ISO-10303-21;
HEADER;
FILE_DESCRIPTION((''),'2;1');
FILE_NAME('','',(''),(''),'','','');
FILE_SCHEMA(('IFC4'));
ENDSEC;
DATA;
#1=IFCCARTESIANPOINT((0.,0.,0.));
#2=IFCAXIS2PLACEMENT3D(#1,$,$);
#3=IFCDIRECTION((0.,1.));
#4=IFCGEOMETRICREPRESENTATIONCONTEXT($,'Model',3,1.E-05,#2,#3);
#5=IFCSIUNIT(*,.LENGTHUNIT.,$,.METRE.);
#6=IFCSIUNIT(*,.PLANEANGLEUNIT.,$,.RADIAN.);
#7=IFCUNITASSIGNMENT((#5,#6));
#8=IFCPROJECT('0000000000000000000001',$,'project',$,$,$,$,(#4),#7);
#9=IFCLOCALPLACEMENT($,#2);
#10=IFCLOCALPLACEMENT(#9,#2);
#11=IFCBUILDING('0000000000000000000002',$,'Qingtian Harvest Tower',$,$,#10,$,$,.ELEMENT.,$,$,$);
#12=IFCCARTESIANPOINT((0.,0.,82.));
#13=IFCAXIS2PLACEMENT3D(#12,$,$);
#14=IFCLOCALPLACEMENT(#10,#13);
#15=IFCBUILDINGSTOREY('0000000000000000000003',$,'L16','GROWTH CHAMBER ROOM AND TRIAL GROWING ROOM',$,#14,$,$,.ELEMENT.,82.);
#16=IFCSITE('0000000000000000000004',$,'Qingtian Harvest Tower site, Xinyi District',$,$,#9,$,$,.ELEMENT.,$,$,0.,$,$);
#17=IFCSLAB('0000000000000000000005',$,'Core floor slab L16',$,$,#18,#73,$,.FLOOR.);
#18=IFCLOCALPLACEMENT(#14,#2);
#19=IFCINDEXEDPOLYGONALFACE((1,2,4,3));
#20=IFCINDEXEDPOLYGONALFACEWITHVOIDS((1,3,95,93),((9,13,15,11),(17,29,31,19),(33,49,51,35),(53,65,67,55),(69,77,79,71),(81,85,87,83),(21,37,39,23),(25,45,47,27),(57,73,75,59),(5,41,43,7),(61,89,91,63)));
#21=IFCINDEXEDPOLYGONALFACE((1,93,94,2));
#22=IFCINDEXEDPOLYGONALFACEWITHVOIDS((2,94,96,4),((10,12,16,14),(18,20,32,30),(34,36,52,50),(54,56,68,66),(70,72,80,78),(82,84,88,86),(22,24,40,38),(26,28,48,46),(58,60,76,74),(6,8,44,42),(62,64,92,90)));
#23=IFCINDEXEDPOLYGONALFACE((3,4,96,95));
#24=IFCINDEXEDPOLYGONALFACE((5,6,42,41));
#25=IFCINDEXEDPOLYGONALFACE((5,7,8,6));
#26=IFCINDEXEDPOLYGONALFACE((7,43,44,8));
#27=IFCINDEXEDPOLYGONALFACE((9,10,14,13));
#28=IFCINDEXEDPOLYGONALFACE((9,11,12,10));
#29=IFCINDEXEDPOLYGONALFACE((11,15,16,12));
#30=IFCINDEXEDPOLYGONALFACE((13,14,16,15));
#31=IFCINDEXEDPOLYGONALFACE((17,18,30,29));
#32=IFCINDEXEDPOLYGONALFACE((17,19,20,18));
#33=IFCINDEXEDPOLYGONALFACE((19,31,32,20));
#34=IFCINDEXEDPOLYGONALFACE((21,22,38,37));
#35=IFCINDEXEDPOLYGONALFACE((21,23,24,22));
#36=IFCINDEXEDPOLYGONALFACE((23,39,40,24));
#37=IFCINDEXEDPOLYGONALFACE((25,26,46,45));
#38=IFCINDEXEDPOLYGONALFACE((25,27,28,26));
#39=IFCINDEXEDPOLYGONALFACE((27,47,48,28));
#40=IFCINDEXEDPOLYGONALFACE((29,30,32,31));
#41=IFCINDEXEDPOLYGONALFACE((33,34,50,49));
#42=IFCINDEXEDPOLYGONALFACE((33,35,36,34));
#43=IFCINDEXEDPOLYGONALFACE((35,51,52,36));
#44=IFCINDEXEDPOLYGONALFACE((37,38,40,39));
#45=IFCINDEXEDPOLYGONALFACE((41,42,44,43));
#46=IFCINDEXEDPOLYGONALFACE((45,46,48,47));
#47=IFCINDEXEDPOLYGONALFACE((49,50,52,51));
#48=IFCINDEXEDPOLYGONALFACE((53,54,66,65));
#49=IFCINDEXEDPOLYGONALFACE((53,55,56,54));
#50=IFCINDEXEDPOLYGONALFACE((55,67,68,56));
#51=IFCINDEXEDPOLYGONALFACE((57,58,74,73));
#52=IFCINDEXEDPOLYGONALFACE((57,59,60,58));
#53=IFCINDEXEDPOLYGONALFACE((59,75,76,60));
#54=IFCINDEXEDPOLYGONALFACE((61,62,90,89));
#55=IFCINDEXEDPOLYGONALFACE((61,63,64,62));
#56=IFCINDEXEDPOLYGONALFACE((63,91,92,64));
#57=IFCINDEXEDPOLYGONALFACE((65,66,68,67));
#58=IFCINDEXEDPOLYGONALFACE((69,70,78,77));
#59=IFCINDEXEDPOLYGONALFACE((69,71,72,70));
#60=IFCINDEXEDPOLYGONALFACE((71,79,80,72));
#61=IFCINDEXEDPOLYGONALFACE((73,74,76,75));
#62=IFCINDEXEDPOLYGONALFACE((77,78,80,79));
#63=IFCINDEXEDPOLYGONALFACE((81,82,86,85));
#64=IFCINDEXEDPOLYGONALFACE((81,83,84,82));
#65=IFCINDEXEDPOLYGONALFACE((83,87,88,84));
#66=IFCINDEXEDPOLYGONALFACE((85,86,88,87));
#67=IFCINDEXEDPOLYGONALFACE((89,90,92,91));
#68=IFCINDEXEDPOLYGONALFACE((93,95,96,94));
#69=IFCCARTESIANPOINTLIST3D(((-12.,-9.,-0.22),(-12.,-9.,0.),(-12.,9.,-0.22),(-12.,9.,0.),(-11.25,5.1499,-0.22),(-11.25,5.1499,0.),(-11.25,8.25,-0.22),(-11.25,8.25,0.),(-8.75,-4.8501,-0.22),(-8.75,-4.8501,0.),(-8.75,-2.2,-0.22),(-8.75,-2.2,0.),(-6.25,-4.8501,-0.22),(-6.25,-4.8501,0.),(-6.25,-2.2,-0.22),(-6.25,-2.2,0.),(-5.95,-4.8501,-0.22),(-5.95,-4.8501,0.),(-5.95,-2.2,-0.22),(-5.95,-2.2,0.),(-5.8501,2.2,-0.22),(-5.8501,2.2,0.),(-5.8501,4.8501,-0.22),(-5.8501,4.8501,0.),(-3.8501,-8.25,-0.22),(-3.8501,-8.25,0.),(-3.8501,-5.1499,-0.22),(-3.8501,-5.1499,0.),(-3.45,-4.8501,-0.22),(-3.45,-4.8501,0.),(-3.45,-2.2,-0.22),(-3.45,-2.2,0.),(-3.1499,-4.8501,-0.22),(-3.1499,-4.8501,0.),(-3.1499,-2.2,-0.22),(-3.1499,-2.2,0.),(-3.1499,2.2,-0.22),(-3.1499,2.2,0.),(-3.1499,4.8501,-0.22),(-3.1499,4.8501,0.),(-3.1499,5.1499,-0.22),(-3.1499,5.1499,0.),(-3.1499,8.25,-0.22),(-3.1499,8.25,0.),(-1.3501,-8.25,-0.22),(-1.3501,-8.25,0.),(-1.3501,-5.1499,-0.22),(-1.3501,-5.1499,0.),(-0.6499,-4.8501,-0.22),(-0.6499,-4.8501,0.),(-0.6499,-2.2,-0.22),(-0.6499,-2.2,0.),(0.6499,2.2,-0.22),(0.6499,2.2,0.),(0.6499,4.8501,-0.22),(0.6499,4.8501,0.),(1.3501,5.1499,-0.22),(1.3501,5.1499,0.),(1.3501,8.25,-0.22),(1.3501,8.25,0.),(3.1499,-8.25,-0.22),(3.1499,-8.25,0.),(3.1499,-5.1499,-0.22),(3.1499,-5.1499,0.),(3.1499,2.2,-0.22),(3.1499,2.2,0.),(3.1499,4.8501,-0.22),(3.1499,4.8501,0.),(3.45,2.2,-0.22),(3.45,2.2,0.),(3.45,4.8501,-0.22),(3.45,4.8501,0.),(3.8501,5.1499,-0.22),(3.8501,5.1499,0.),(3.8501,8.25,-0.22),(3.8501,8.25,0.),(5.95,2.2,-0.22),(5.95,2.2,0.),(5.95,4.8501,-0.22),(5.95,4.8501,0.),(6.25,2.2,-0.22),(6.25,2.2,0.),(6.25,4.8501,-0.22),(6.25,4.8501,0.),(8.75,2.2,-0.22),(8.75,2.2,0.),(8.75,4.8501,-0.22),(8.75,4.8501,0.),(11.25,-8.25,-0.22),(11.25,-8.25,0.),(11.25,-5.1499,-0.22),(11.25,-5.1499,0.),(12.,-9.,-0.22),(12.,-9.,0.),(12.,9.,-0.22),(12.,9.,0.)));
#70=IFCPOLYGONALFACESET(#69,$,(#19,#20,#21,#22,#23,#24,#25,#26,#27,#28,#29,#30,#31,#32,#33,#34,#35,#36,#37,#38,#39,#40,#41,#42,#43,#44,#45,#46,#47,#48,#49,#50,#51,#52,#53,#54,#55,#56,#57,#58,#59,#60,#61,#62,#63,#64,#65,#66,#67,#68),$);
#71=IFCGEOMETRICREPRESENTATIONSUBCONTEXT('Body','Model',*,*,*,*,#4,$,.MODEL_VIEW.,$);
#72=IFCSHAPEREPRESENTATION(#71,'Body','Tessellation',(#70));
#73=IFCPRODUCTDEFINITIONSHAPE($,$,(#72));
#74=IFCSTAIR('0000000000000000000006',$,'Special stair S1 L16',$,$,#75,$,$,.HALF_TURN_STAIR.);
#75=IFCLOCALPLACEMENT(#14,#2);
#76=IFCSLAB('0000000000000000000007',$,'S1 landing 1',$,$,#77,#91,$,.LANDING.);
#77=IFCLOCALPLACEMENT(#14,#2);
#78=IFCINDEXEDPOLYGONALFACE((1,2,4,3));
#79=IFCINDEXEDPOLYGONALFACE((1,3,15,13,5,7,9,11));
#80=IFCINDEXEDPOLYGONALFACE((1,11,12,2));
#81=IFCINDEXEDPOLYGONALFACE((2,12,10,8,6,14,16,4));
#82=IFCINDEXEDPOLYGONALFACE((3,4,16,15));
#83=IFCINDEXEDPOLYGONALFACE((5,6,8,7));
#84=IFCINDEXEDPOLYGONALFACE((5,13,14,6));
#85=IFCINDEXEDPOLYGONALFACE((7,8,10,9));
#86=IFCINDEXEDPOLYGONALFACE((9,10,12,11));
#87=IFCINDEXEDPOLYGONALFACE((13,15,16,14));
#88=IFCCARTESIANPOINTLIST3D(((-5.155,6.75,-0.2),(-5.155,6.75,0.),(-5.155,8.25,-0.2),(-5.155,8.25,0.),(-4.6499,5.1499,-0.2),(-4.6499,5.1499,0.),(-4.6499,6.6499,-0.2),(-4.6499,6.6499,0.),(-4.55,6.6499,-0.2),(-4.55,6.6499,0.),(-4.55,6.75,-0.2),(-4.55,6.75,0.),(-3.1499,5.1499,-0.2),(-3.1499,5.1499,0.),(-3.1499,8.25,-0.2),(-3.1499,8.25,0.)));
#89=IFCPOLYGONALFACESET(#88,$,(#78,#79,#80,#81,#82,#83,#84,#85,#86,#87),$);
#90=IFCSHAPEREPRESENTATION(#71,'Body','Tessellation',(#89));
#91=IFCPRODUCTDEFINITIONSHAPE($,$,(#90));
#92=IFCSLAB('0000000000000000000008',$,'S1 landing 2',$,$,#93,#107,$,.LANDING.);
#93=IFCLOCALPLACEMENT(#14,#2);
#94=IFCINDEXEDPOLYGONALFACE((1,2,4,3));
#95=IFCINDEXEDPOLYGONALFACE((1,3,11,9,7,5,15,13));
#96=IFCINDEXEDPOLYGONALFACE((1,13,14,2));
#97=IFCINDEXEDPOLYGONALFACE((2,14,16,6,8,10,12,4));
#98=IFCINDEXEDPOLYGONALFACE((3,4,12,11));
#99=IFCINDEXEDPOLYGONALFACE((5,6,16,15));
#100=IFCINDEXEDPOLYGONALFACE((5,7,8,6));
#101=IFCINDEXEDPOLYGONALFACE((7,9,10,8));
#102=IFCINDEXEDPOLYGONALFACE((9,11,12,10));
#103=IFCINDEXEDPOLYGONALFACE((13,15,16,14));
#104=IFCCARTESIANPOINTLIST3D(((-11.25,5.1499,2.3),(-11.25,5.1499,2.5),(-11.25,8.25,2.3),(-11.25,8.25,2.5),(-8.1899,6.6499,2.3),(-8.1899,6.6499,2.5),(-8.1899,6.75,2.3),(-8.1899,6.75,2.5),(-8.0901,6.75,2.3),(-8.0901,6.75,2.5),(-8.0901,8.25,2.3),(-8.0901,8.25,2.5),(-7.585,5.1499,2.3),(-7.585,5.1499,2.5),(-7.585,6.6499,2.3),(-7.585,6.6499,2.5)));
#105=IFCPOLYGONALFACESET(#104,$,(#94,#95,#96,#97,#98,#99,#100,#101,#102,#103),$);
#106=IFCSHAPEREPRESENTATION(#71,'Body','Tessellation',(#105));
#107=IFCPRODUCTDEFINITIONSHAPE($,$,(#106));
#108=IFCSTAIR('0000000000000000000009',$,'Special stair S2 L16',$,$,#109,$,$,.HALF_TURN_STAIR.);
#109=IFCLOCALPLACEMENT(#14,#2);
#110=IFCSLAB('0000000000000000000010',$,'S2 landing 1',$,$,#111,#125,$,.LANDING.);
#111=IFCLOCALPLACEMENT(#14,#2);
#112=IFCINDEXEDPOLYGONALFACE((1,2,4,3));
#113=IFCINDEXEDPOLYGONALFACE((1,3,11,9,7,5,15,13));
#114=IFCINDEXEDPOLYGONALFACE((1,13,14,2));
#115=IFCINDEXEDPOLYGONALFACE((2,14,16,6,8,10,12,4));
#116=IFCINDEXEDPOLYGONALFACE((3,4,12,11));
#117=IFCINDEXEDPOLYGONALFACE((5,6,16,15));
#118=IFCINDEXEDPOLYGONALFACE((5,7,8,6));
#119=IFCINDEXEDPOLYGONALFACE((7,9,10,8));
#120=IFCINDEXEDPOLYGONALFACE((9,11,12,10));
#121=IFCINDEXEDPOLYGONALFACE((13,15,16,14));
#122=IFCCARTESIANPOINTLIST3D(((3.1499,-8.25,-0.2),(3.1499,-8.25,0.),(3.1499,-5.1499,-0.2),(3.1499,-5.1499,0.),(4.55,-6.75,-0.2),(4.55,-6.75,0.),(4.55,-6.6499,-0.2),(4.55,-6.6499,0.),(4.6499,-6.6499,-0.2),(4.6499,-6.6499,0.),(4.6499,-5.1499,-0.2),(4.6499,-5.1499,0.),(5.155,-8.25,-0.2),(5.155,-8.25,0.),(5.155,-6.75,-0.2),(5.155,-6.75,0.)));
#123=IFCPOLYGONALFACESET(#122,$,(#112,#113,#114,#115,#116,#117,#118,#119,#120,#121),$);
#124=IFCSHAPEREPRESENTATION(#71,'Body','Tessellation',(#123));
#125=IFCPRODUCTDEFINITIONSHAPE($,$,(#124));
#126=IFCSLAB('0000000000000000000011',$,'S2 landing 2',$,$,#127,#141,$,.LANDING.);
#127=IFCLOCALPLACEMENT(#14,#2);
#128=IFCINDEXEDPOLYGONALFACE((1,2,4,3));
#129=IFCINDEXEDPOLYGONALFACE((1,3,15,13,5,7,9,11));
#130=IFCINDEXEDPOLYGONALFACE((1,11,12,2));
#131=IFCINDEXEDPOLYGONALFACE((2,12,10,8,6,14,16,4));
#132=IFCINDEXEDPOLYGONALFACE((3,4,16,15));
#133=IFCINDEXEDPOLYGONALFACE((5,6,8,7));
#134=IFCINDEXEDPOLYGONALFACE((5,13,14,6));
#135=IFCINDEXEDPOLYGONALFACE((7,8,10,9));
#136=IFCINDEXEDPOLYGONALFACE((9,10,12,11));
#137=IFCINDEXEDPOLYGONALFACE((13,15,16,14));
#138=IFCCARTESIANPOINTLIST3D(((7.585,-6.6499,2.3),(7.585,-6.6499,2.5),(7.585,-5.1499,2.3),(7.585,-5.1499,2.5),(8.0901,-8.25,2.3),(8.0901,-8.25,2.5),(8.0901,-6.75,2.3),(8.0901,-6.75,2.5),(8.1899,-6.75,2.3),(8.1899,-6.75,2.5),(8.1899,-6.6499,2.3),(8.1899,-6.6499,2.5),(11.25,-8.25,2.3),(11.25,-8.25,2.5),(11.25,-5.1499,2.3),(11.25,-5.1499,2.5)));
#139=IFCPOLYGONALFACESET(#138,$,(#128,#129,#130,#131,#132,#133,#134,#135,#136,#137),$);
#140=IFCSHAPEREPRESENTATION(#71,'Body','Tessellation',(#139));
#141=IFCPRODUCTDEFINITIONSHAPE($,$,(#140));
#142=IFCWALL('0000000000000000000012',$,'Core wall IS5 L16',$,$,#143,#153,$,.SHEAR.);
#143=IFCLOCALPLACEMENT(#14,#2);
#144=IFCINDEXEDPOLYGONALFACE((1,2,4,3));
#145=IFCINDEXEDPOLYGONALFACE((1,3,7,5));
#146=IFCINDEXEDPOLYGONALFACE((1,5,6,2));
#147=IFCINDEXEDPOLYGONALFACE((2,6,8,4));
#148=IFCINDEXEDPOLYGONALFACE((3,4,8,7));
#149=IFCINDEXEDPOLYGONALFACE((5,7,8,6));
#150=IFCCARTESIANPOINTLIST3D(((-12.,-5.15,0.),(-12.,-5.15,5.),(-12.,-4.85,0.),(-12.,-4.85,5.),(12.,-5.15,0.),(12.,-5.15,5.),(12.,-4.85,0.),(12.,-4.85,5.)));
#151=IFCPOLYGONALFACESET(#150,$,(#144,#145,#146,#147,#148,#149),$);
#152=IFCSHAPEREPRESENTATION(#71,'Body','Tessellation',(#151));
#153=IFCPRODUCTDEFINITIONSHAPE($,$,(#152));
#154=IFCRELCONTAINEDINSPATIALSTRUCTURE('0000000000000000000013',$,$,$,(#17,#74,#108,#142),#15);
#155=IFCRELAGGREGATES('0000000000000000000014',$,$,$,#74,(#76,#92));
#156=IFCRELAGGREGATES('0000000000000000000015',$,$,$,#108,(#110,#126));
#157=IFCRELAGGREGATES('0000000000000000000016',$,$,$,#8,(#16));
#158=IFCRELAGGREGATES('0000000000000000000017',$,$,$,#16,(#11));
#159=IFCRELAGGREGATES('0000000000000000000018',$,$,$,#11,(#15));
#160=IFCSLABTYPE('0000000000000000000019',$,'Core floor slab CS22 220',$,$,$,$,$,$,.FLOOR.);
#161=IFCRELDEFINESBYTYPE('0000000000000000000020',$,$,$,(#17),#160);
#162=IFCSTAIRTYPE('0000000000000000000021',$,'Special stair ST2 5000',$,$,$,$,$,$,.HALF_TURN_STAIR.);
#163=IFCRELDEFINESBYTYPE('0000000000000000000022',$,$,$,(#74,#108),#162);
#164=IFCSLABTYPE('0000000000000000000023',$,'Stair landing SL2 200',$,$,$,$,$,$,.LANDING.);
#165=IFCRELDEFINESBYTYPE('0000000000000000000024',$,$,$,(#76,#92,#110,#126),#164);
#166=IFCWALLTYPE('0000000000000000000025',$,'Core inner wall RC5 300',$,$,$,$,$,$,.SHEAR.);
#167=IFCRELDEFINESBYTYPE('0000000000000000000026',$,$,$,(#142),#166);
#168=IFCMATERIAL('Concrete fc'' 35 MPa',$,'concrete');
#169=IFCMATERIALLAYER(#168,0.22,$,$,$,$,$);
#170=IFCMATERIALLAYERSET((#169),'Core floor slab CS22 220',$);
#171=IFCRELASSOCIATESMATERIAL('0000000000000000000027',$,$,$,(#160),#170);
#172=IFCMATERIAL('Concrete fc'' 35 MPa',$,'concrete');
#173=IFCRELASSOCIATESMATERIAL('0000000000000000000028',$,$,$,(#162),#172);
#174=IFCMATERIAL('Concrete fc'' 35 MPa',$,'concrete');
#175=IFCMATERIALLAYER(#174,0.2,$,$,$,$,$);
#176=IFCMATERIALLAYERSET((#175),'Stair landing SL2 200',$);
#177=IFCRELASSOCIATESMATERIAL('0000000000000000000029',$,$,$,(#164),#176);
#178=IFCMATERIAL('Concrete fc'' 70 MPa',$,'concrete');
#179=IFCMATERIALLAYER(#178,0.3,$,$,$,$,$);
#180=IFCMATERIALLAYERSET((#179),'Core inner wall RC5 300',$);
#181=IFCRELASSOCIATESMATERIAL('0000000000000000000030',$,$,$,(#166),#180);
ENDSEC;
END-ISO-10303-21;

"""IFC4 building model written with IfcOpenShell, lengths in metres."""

from ifc_helpers import new_model, si_unit, direction, frame, frame_2d, origin, place, context, subcontext, project, spatial, polyline, rectangle, outline, extrude, material, layer, layer_set, type_object, element, aggregate, save


model = new_model("IFC4")

# Units and contexts
model_context = context("Model", 3, precision=1e-05, world=origin(), true_north=direction((0.0, 1.0)))
body_context = subcontext(model_context, "Body", "Model", "MODEL_VIEW")
ifc_project = project(units=[si_unit("LENGTHUNIT", "METRE"), si_unit("PLANEANGLEUNIT", "RADIAN")], contexts=[model_context])

# Site, building, storey
site_placement = place(None, origin())
site = spatial("IfcSite", under=ifc_project, at=site_placement, Name="Qingtian Harvest Tower site, Xinyi District", CompositionType="ELEMENT", RefElevation=0.0)
building_placement = place(site_placement, origin())
building = spatial("IfcBuilding", under=site, at=building_placement, Name="Qingtian Harvest Tower", CompositionType="ELEMENT")
storey_placement = place(building_placement, frame((0.0, 0.0, 82.0)))
storey = spatial("IfcBuildingStorey", under=building, at=storey_placement, Name="L16", Description="GROWTH CHAMBER ROOM AND TRIAL GROWING ROOM", CompositionType="ELEMENT", Elevation=82.0)

# Slab
ifc_material_1 = material(Name="Concrete fc' 35 MPa", Category="concrete")
ifc_layer_1 = layer(ifc_material_1, 0.22)
ifc_layer_set_1 = layer_set([ifc_layer_1], Name="Core floor slab CS22 220")
slab_type_1 = type_object("IfcSlabType", Name="Core floor slab CS22 220", PredefinedType="FLOOR", material=ifc_layer_set_1)
slab_1_placement = place(storey_placement, frame((0.0, 0.0, -0.22)))
element("IfcSlab", 1, at=slab_1_placement, inside=storey, type_object=slab_type_1, Name="Core floor slab L16", PredefinedType="FLOOR", context=body_context, shape_type="SweptSolid", body=[
    extrude(outline(polyline([(-12.0, -9.0), (12.0, -9.0), (12.0, 9.0), (-12.0, 9.0), (-12.0, -9.0)]), holes=[polyline([(-11.25, 5.1499), (-3.1499, 5.1499), (-3.1499, 8.25), (-11.25, 8.25), (-11.25, 5.1499)]), polyline([(3.1499, -8.25), (11.25, -8.25), (11.25, -5.1499), (3.1499, -5.1499), (3.1499, -8.25)]), polyline([(1.3501, 5.1499), (3.8501, 5.1499), (3.8501, 8.25), (1.3501, 8.25), (1.3501, 5.1499)]), polyline([(-3.8501, -8.25), (-1.3501, -8.25), (-1.3501, -5.1499), (-3.8501, -5.1499), (-3.8501, -8.25)]), polyline([(-5.8501, 2.2), (-3.1499, 2.2), (-3.1499, 4.8501), (-5.8501, 4.8501), (-5.8501, 2.2)]), polyline([(0.6499, 2.2), (3.1499, 2.2), (3.1499, 4.8501), (0.6499, 4.8501), (0.6499, 2.2)]), polyline([(3.45, 2.2), (5.95, 2.2), (5.95, 4.8501), (3.45, 4.8501), (3.45, 2.2)]), polyline([(6.25, 2.2), (8.75, 2.2), (8.75, 4.8501), (6.25, 4.8501), (6.25, 2.2)]), polyline([(-8.75, -4.8501), (-6.25, -4.8501), (-6.25, -2.2), (-8.75, -2.2), (-8.75, -4.8501)]), polyline([(-5.95, -4.8501), (-3.45, -4.8501), (-3.45, -2.2), (-5.95, -2.2), (-5.95, -4.8501)]), polyline([(-3.1499, -4.8501), (-0.6499, -4.8501), (-0.6499, -2.2), (-3.1499, -2.2), (-3.1499, -4.8501)])]), origin(), (0.0, 0.0, 1.0), 0.22),
])

# Stairs, slabs
ifc_material_2 = material(Name="Concrete fc' 35 MPa", Category="concrete")
stair_type = type_object("IfcStairType", Name="Special stair ST2 5000", PredefinedType="HALF_TURN_STAIR", material=ifc_material_2)
stair_1_placement = place(storey_placement, origin())
stair_1 = element("IfcStair", 2, at=stair_1_placement, inside=storey, type_object=stair_type, Name="Special stair S1 L16", PredefinedType="HALF_TURN_STAIR")
ifc_material_3 = material(Name="Concrete fc' 35 MPa", Category="concrete")
ifc_layer_2 = layer(ifc_material_3, 0.2)
ifc_layer_set_2 = layer_set([ifc_layer_2], Name="Stair landing SL2 200")
slab_type_2 = type_object("IfcSlabType", Name="Stair landing SL2 200", PredefinedType="LANDING", material=ifc_layer_set_2)
slab_2_placement = place(storey_placement, frame((0.0, 0.0, -0.2)))
slab_2 = element("IfcSlab", 3, at=slab_2_placement, type_object=slab_type_2, Name="S1 landing 1", PredefinedType="LANDING", context=body_context, shape_type="SweptSolid", body=[
    extrude(outline(polyline([(-4.6499, 5.1499), (-4.6499, 6.6499), (-4.55, 6.6499), (-4.55, 6.75), (-5.155, 6.75), (-5.155, 8.25), (-3.1499, 8.25), (-3.1499, 5.1499), (-4.6499, 5.1499)])), origin(), (0.0, 0.0, 1.0), 0.2),
])
slab_3_placement = place(storey_placement, frame((0.0, 0.0, 2.3)))
slab_3 = element("IfcSlab", 4, at=slab_3_placement, type_object=slab_type_2, Name="S1 landing 2", PredefinedType="LANDING", context=body_context, shape_type="SweptSolid", body=[
    extrude(outline(polyline([(-7.585, 5.1499), (-11.25, 5.1499), (-11.25, 8.25), (-8.0901, 8.25), (-8.0901, 6.75), (-8.1899, 6.75), (-8.1899, 6.6499), (-7.585, 6.6499), (-7.585, 5.1499)])), origin(), (0.0, 0.0, 1.0), 0.2),
])
aggregate(stair_1, [slab_2, slab_3])
stair_2_placement = place(storey_placement, origin())
stair_2 = element("IfcStair", 5, at=stair_2_placement, inside=storey, type_object=stair_type, Name="Special stair S2 L16", PredefinedType="HALF_TURN_STAIR")
slab_4_placement = place(storey_placement, frame((0.0, 0.0, -0.2)))
slab_4 = element("IfcSlab", 6, at=slab_4_placement, type_object=slab_type_2, Name="S2 landing 1", PredefinedType="LANDING", context=body_context, shape_type="SweptSolid", body=[
    extrude(outline(polyline([(5.155, -8.25), (3.1499, -8.25), (3.1499, -5.1499), (4.6499, -5.1499), (4.6499, -6.6499), (4.55, -6.6499), (4.55, -6.75), (5.155, -6.75), (5.155, -8.25)])), origin(), (0.0, 0.0, 1.0), 0.2),
])
slab_5_placement = place(storey_placement, frame((0.0, 0.0, 2.3)))
slab_5 = element("IfcSlab", 7, at=slab_5_placement, type_object=slab_type_2, Name="S2 landing 2", PredefinedType="LANDING", context=body_context, shape_type="SweptSolid", body=[
    extrude(outline(polyline([(8.0901, -8.25), (8.0901, -6.75), (8.1899, -6.75), (8.1899, -6.6499), (7.585, -6.6499), (7.585, -5.1499), (11.25, -5.1499), (11.25, -8.25), (8.0901, -8.25)])), origin(), (0.0, 0.0, 1.0), 0.2),
])
aggregate(stair_2, [slab_4, slab_5])

# Wall
ifc_material_4 = material(Name="Concrete fc' 70 MPa", Category="concrete")
ifc_layer_3 = layer(ifc_material_4, 0.3)
ifc_layer_set_3 = layer_set([ifc_layer_3], Name="Core inner wall RC5 300")
wall_type_1 = type_object("IfcWallType", Name="Core inner wall RC5 300", PredefinedType="SHEAR", material=ifc_layer_set_3)
wall_1_placement = place(storey_placement, frame((-12.0, -5.0, 0.0), z_axis=(0.0, 0.0, 1.0), x_axis=(1.0, 0.0, 0.0)))
element("IfcWall", 8, at=wall_1_placement, inside=storey, type_object=wall_type_1, Name="Core wall IS5 L16", PredefinedType="SHEAR", context=body_context, shape_type="SweptSolid", body=[
    extrude(rectangle(XDim=24.0, YDim=0.3, at=frame_2d((12.0, 0.0))), origin(), (0.0, 0.0, 1.0), 5.0),
])

save(model, "model.ifc")
